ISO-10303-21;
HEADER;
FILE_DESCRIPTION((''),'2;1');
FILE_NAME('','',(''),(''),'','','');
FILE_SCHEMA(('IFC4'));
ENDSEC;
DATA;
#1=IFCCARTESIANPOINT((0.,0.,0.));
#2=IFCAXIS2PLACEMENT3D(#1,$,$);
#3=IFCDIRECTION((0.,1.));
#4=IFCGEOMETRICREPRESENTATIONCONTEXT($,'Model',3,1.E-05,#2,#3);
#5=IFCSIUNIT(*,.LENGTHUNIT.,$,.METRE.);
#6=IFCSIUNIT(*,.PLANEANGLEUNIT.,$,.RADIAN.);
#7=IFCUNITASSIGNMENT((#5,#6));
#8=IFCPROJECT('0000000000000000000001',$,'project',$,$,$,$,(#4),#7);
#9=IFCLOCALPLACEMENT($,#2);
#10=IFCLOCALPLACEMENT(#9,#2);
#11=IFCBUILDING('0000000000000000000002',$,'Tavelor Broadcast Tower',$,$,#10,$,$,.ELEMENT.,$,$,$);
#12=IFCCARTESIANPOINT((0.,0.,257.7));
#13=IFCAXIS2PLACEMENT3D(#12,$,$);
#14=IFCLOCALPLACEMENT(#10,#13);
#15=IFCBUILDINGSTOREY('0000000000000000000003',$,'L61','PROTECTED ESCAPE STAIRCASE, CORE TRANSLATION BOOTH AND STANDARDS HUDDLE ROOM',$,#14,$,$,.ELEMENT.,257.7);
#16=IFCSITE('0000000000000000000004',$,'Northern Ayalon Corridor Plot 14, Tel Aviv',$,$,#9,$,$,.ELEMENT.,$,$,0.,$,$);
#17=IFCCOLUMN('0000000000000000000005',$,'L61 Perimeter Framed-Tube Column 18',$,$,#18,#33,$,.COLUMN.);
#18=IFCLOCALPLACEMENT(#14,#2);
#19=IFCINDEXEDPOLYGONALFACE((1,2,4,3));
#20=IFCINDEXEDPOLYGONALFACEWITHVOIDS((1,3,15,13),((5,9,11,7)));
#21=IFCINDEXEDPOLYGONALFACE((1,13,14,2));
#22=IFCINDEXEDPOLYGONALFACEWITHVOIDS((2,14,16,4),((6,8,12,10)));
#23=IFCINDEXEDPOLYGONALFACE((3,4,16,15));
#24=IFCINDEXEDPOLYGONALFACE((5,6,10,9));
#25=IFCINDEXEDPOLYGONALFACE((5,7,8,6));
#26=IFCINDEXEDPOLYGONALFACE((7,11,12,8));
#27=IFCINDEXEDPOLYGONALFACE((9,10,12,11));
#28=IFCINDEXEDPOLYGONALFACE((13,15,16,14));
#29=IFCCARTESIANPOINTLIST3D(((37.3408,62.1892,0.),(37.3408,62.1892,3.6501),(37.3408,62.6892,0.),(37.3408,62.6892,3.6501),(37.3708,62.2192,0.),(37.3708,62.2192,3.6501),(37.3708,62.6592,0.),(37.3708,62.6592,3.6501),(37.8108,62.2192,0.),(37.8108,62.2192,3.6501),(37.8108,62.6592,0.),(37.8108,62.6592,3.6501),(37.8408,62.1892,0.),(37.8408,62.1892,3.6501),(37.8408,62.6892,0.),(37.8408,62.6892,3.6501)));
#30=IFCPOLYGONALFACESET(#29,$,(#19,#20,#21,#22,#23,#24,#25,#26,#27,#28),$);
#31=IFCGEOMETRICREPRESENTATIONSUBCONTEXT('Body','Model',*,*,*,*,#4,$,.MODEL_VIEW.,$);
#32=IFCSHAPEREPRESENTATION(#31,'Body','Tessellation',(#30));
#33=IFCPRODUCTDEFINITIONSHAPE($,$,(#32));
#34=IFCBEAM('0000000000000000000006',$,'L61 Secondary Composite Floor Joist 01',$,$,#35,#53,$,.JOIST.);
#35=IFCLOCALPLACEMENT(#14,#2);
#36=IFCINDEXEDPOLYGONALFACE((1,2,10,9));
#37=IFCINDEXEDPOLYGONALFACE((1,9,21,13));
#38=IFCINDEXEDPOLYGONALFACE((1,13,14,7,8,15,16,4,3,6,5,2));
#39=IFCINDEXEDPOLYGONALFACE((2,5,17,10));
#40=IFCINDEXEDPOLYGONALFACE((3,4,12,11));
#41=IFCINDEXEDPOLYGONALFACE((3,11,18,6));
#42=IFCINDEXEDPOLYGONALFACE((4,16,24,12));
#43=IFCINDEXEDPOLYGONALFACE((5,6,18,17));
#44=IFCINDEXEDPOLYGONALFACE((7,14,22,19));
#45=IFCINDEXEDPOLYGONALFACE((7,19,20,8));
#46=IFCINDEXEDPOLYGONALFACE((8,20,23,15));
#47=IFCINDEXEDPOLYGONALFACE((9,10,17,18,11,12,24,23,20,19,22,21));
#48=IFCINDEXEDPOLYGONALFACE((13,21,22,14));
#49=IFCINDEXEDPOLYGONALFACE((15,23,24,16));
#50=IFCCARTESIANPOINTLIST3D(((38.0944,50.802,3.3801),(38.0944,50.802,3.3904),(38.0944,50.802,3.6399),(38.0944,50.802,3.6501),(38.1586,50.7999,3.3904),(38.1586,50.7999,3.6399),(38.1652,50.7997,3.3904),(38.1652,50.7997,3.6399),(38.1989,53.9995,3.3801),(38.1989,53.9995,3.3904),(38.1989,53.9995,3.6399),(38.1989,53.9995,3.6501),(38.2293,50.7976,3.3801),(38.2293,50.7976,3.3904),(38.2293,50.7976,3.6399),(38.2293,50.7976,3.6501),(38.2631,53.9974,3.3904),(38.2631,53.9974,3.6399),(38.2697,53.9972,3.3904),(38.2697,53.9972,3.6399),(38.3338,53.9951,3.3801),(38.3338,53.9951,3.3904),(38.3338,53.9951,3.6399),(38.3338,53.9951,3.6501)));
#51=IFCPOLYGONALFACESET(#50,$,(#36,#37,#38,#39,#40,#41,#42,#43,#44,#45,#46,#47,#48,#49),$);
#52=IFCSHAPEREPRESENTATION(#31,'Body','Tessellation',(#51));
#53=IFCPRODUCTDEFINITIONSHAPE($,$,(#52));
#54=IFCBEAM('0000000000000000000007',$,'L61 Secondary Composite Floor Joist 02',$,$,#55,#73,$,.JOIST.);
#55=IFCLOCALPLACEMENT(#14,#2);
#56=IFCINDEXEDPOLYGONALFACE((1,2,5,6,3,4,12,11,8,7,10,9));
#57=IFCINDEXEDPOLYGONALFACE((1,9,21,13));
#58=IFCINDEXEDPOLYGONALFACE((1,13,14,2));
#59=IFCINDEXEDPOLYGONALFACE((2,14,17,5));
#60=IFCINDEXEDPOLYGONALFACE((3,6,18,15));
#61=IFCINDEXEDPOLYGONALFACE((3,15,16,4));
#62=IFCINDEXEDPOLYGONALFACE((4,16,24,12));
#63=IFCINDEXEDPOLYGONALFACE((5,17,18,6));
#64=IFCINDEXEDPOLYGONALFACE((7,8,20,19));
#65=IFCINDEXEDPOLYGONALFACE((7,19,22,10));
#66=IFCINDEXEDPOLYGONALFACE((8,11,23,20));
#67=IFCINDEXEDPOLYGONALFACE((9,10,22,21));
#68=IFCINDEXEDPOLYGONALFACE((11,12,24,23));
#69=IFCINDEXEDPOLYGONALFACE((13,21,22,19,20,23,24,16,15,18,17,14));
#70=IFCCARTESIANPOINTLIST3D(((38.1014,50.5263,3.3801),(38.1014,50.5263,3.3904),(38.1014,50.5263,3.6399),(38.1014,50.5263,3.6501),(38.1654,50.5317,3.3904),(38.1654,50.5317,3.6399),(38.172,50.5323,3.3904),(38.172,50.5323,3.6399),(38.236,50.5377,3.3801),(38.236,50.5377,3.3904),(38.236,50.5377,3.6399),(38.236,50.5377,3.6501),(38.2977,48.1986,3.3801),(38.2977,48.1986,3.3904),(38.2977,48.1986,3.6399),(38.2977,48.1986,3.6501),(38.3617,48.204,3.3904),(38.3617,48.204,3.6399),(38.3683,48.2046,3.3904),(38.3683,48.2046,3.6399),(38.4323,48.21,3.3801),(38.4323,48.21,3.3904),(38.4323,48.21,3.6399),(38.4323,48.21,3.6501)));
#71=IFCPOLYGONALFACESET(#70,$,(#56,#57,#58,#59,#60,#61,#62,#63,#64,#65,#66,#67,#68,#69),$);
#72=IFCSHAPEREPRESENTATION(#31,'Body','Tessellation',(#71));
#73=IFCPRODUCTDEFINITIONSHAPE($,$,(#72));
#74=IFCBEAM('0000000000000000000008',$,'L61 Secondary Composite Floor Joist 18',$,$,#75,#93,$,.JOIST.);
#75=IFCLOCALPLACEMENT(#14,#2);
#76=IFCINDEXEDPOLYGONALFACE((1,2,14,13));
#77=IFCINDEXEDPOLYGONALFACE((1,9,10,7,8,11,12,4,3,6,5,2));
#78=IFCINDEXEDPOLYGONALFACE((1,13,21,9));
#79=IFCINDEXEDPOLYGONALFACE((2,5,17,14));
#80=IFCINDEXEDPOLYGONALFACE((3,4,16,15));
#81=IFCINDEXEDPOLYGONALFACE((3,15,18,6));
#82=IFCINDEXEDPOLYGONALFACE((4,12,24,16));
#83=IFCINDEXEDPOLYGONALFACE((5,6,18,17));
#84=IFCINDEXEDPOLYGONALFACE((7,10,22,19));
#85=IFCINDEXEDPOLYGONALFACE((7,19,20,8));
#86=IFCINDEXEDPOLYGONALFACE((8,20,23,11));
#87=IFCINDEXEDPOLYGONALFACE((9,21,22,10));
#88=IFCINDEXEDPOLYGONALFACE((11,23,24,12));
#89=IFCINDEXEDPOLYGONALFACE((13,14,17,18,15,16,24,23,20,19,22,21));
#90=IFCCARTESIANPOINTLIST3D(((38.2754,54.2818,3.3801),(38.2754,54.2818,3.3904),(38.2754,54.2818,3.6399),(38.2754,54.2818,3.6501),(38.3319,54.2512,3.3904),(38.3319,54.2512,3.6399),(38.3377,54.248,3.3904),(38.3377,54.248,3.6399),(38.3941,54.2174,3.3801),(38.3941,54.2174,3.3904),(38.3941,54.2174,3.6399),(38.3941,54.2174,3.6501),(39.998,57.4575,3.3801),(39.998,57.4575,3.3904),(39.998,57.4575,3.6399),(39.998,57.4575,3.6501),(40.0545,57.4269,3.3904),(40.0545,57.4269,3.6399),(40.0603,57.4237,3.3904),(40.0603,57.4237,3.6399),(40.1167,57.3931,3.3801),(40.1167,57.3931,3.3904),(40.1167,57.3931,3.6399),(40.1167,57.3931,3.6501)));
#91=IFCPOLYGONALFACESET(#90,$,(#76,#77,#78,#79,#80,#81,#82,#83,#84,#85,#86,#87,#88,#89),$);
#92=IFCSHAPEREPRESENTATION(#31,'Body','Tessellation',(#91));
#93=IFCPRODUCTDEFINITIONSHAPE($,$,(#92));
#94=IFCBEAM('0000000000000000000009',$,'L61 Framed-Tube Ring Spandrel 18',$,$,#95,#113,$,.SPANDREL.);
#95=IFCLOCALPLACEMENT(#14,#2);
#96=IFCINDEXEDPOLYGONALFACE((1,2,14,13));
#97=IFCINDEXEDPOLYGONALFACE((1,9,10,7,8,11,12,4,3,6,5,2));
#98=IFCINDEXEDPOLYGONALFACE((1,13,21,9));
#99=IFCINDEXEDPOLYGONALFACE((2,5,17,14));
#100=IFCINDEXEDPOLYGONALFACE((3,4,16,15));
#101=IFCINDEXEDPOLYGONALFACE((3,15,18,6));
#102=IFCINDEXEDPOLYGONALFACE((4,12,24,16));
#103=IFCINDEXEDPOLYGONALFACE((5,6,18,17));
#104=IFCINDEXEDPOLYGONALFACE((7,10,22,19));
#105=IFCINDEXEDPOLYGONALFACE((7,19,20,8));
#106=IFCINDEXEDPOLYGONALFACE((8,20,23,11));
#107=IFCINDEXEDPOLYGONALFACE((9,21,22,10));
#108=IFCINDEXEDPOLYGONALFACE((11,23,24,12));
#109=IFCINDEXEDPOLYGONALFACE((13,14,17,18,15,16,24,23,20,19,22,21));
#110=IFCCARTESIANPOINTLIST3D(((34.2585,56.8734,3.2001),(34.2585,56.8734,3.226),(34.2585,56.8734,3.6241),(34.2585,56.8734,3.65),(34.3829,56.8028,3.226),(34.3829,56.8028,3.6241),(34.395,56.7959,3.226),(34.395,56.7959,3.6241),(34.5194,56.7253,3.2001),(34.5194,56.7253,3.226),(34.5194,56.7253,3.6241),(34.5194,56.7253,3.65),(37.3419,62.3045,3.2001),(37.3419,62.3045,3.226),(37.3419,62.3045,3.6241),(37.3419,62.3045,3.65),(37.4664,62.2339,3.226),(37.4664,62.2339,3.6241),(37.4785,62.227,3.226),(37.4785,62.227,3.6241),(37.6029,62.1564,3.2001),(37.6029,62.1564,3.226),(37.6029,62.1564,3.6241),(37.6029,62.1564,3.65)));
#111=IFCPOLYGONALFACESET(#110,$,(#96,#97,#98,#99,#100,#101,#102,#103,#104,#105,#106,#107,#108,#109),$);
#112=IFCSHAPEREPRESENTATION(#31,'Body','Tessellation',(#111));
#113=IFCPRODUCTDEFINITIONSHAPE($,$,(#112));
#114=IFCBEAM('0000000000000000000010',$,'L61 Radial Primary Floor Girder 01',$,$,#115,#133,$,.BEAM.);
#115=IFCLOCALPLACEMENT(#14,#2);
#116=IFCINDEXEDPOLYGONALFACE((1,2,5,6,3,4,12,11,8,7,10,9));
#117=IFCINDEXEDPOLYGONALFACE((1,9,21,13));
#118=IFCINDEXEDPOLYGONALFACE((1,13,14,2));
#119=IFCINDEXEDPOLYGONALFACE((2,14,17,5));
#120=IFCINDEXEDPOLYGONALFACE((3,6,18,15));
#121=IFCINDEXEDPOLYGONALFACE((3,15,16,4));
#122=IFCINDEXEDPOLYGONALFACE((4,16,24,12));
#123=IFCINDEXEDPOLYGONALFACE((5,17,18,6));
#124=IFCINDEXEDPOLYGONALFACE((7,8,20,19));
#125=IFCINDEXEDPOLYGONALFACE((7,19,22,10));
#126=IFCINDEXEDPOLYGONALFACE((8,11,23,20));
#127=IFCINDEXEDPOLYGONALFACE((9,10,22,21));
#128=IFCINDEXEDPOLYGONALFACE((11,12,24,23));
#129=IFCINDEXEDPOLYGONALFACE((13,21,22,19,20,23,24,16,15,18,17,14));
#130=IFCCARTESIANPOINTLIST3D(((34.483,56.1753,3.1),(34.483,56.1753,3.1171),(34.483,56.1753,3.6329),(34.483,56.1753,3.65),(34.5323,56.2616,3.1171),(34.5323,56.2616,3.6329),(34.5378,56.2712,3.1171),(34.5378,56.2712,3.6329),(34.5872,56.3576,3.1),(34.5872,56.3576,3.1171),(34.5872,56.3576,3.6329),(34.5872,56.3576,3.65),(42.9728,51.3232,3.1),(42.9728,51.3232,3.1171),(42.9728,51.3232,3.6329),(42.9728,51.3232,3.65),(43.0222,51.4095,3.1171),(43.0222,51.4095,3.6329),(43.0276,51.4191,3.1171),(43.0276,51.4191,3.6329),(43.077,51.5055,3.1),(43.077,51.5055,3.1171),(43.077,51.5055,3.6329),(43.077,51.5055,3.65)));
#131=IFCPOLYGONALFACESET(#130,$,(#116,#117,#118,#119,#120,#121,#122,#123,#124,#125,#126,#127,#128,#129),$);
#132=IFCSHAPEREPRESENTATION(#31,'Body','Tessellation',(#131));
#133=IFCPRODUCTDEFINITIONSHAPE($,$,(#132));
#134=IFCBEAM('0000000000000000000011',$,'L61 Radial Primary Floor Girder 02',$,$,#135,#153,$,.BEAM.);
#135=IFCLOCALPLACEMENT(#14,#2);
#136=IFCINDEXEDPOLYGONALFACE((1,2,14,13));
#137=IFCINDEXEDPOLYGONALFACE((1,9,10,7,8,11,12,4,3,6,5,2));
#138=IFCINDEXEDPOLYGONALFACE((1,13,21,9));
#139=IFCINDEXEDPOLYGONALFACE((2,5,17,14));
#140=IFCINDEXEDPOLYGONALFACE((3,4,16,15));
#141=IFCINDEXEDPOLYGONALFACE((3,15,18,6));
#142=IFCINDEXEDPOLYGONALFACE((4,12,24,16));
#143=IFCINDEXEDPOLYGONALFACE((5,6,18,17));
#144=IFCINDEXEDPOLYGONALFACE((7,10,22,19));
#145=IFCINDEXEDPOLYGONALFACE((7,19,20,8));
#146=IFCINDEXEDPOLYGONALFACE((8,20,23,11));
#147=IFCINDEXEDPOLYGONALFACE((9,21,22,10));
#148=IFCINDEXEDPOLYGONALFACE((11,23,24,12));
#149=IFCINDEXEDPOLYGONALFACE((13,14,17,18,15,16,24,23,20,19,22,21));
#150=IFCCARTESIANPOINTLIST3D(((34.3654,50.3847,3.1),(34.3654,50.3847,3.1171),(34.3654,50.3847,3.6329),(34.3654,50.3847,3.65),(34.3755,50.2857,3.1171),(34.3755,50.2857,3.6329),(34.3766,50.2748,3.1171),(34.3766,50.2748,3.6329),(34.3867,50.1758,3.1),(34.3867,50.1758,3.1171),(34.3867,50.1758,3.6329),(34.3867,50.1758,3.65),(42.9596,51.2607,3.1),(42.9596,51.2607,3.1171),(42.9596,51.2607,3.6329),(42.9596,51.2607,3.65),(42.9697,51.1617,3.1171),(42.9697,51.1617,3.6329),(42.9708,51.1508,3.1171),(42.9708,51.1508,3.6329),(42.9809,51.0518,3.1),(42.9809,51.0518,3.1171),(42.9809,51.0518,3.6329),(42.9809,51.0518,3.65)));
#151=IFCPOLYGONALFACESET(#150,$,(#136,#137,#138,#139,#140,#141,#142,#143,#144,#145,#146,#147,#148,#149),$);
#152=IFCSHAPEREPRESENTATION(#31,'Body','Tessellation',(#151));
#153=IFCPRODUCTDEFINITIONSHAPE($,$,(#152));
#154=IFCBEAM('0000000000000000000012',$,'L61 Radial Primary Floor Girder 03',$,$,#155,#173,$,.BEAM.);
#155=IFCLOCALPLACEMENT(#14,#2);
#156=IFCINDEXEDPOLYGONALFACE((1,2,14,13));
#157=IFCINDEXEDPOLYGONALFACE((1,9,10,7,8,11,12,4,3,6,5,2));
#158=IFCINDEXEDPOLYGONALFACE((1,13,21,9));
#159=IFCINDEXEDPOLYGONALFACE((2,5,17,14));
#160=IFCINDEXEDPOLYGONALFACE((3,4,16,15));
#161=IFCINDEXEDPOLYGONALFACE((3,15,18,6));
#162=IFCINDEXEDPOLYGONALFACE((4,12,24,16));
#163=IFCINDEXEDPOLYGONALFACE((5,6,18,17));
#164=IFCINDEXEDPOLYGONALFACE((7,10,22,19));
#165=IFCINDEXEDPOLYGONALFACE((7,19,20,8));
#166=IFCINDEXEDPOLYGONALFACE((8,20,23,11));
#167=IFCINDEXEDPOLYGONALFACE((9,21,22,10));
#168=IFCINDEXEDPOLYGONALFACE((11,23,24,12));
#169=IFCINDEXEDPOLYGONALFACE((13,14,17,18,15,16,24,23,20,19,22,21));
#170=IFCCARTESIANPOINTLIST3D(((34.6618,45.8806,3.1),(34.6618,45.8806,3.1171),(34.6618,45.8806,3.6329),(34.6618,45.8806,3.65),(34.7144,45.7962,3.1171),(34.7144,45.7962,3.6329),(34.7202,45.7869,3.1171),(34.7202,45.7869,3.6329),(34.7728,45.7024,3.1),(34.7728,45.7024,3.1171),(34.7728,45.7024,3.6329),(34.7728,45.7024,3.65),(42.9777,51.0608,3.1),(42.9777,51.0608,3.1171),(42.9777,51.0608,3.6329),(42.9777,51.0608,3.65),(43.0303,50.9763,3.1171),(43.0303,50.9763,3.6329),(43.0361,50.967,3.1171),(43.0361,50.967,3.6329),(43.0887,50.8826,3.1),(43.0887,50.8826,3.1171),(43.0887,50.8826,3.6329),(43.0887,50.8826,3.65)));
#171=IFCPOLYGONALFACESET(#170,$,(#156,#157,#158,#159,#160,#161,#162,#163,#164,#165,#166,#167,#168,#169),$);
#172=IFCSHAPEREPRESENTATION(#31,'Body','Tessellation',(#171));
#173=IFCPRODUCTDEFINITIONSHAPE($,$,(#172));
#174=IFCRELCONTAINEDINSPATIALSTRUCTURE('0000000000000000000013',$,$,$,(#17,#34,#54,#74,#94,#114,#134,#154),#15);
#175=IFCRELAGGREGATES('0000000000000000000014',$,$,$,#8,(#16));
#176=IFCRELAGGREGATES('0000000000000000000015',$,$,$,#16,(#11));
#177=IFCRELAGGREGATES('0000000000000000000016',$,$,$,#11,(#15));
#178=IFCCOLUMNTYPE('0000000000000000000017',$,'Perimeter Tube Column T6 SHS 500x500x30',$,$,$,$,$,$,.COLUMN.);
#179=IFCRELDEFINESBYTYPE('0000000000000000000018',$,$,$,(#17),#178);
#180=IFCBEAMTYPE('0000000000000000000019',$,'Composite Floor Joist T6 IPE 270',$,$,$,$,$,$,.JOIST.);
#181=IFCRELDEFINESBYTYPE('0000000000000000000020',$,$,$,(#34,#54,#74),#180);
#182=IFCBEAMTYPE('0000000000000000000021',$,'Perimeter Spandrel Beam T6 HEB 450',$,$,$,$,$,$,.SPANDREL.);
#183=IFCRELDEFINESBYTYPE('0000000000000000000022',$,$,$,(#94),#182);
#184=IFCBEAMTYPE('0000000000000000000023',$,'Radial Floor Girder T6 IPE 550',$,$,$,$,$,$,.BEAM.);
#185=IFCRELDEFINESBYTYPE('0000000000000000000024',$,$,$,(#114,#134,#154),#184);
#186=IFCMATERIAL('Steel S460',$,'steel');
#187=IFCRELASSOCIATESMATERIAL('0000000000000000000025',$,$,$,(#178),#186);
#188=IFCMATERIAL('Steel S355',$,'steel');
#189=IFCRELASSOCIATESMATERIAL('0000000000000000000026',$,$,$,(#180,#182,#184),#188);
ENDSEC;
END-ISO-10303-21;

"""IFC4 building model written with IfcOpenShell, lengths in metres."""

from ifc_helpers import new_model, si_unit, direction, frame, origin, origin_2d, place, context, subcontext, project, spatial, hollow_rectangle, i_section, extrude, material, material_profile, profile_set, type_object, element, save


model = new_model("IFC4")

# Units and contexts
model_context = context("Model", 3, precision=1e-05, world=origin(), true_north=direction((0.0, 1.0)))
body_context = subcontext(model_context, "Body", "Model", "MODEL_VIEW")
ifc_project = project(units=[si_unit("LENGTHUNIT", "METRE"), si_unit("PLANEANGLEUNIT", "RADIAN")], contexts=[model_context])

# Site, building, storey
site_placement = place(None, origin())
site = spatial("IfcSite", under=ifc_project, at=site_placement, Name="Northern Ayalon Corridor Plot 14, Tel Aviv", CompositionType="ELEMENT", RefElevation=0.0)
building_placement = place(site_placement, origin())
building = spatial("IfcBuilding", under=site, at=building_placement, Name="Tavelor Broadcast Tower", CompositionType="ELEMENT")
storey_placement = place(building_placement, frame((0.0, 0.0, 257.7)))
storey = spatial("IfcBuildingStorey", under=building, at=storey_placement, Name="L61", Description="PROTECTED ESCAPE STAIRCASE, CORE TRANSLATION BOOTH AND STANDARDS HUDDLE ROOM", CompositionType="ELEMENT", Elevation=257.7)

# Column
ifc_material_1 = material(Name="Steel S460", Category="steel")
ifc_material_profile_1 = material_profile(ifc_material_1, hollow_rectangle(XDim=0.5, YDim=0.5, WallThickness=0.03, at=origin_2d()), Name="SHS 500x500x30")
ifc_profile_set_1 = profile_set([ifc_material_profile_1], Name="Steel S460")
column_type = type_object("IfcColumnType", Name="Perimeter Tube Column T6 SHS 500x500x30", PredefinedType="COLUMN", material=ifc_profile_set_1)
column_placement = place(storey_placement, frame((37.5908, 62.4392, 0.0), z_axis=(0.0, 0.0, 1.0), x_axis=(1.0, 0.0, 0.0)))
element("IfcColumn", 1, at=column_placement, inside=storey, type_object=column_type, Name="L61 Perimeter Framed-Tube Column 18", PredefinedType="COLUMN", context=body_context, shape_type="SweptSolid", body=[
    extrude(hollow_rectangle(XDim=0.5, YDim=0.5, WallThickness=0.03, at=origin_2d()), origin(), (0.0, 0.0, 1.0), 3.6501),
])

# Beams
ifc_material_2 = material(Name="Steel S355", Category="steel")
ifc_material_profile_2 = material_profile(ifc_material_2, i_section(OverallWidth=0.135, OverallDepth=0.27, WebThickness=0.0066, FlangeThickness=0.0103, at=origin_2d()), Name="IPE 270")
ifc_profile_set_2 = profile_set([ifc_material_profile_2], Name="Steel S355")
beam_type_1 = type_object("IfcBeamType", Name="Composite Floor Joist T6 IPE 270", PredefinedType="JOIST", material=ifc_profile_set_2)
beam_1_placement = place(storey_placement, frame((38.2664, 53.9973, 3.5151), z_axis=(-0.032662, -0.999466, 0.0), x_axis=(0.999466, -0.032662, 0.0)))
element("IfcBeam", 2, at=beam_1_placement, inside=storey, type_object=beam_type_1, Name="L61 Secondary Composite Floor Joist 01", PredefinedType="JOIST", context=body_context, shape_type="SweptSolid", body=[
    extrude(i_section(OverallWidth=0.135, OverallDepth=0.27, WebThickness=0.0066, FlangeThickness=0.0103, at=origin_2d()), origin(), (0.0, 0.0, 1.0), 3.1992),
])
beam_2_placement = place(storey_placement, frame((38.1687, 50.532, 3.5151), z_axis=(0.084032, -0.996463, 0.0), x_axis=(0.996463, 0.084032, 0.0)))
element("IfcBeam", 3, at=beam_2_placement, inside=storey, type_object=beam_type_1, Name="L61 Secondary Composite Floor Joist 02", PredefinedType="JOIST", context=body_context, shape_type="SweptSolid", body=[
    extrude(i_section(OverallWidth=0.135, OverallDepth=0.27, WebThickness=0.0066, FlangeThickness=0.0103, at=origin_2d()), origin(), (0.0, 0.0, 1.0), 2.3359),
])
beam_3_placement = place(storey_placement, frame((40.0574, 57.4253, 3.5151), z_axis=(-0.476806, -0.879009, 0.0), x_axis=(0.879009, -0.476806, 0.0)))
element("IfcBeam", 4, at=beam_3_placement, inside=storey, type_object=beam_type_1, Name="L61 Secondary Composite Floor Joist 18", PredefinedType="JOIST", context=body_context, shape_type="SweptSolid", body=[
    extrude(i_section(OverallWidth=0.135, OverallDepth=0.27, WebThickness=0.0066, FlangeThickness=0.0103, at=origin_2d()), origin(), (0.0, 0.0, 1.0), 3.6128),
])
ifc_material_profile_3 = material_profile(ifc_material_2, i_section(OverallWidth=0.3, OverallDepth=0.45, WebThickness=0.0139, FlangeThickness=0.0259, at=origin_2d()), Name="HEB 450")
ifc_profile_set_3 = profile_set([ifc_material_profile_3], Name="Steel S355")
beam_type_2 = type_object("IfcBeamType", Name="Perimeter Spandrel Beam T6 HEB 450", PredefinedType="SPANDREL", material=ifc_profile_set_3)
beam_4_placement = place(storey_placement, frame((37.4724, 62.2305, 3.425), z_axis=(-0.493721, -0.869621, 0.0), x_axis=(0.869621, -0.493721, 0.0)))
element("IfcBeam", 5, at=beam_4_placement, inside=storey, type_object=beam_type_2, Name="L61 Framed-Tube Ring Spandrel 18", PredefinedType="SPANDREL", context=body_context, shape_type="SweptSolid", body=[
    extrude(i_section(OverallWidth=0.3, OverallDepth=0.45, WebThickness=0.0139, FlangeThickness=0.0259, at=origin_2d()), origin(), (0.0, 0.0, 1.0), 6.2454),
])
ifc_material_profile_4 = material_profile(ifc_material_2, i_section(OverallWidth=0.21, OverallDepth=0.55, WebThickness=0.011, FlangeThickness=0.0171, at=origin_2d()), Name="IPE 550")
ifc_profile_set_4 = profile_set([ifc_material_profile_4], Name="Steel S355")
beam_type_3 = type_object("IfcBeamType", Name="Radial Floor Girder T6 IPE 550", PredefinedType="BEAM", material=ifc_profile_set_4)
beam_5_placement = place(storey_placement, frame((43.0249, 51.4143, 3.375), z_axis=(-0.868209, 0.496198, 0.0), x_axis=(-0.496198, -0.868209, 0.0)))
element("IfcBeam", 6, at=beam_5_placement, inside=storey, type_object=beam_type_3, Name="L61 Radial Primary Floor Girder 01", PredefinedType="BEAM", context=body_context, shape_type="SweptSolid", body=[
    extrude(i_section(OverallWidth=0.21, OverallDepth=0.55, WebThickness=0.011, FlangeThickness=0.0171, at=origin_2d()), origin(), (0.0, 0.0, 1.0), 9.7786),
])
beam_6_placement = place(storey_placement, frame((42.9702, 51.1562, 3.375), z_axis=(-0.994846, -0.101401, 0.0), x_axis=(0.101401, -0.994846, 0.0)))
element("IfcBeam", 7, at=beam_6_placement, inside=storey, type_object=beam_type_3, Name="L61 Radial Primary Floor Girder 02", PredefinedType="BEAM", context=body_context, shape_type="SweptSolid", body=[
    extrude(i_section(OverallWidth=0.21, OverallDepth=0.55, WebThickness=0.011, FlangeThickness=0.0171, at=origin_2d()), origin(), (0.0, 0.0, 1.0), 8.6387),
])
beam_7_placement = place(storey_placement, frame((43.0332, 50.9717, 3.375), z_axis=(-0.84879, -0.528731, 0.0), x_axis=(0.528731, -0.84879, 0.0)))
element("IfcBeam", 8, at=beam_7_placement, inside=storey, type_object=beam_type_3, Name="L61 Radial Primary Floor Girder 03", PredefinedType="BEAM", context=body_context, shape_type="SweptSolid", body=[
    extrude(i_section(OverallWidth=0.21, OverallDepth=0.55, WebThickness=0.011, FlangeThickness=0.0171, at=origin_2d()), origin(), (0.0, 0.0, 1.0), 9.7974),
])

save(model, "model.ifc")
